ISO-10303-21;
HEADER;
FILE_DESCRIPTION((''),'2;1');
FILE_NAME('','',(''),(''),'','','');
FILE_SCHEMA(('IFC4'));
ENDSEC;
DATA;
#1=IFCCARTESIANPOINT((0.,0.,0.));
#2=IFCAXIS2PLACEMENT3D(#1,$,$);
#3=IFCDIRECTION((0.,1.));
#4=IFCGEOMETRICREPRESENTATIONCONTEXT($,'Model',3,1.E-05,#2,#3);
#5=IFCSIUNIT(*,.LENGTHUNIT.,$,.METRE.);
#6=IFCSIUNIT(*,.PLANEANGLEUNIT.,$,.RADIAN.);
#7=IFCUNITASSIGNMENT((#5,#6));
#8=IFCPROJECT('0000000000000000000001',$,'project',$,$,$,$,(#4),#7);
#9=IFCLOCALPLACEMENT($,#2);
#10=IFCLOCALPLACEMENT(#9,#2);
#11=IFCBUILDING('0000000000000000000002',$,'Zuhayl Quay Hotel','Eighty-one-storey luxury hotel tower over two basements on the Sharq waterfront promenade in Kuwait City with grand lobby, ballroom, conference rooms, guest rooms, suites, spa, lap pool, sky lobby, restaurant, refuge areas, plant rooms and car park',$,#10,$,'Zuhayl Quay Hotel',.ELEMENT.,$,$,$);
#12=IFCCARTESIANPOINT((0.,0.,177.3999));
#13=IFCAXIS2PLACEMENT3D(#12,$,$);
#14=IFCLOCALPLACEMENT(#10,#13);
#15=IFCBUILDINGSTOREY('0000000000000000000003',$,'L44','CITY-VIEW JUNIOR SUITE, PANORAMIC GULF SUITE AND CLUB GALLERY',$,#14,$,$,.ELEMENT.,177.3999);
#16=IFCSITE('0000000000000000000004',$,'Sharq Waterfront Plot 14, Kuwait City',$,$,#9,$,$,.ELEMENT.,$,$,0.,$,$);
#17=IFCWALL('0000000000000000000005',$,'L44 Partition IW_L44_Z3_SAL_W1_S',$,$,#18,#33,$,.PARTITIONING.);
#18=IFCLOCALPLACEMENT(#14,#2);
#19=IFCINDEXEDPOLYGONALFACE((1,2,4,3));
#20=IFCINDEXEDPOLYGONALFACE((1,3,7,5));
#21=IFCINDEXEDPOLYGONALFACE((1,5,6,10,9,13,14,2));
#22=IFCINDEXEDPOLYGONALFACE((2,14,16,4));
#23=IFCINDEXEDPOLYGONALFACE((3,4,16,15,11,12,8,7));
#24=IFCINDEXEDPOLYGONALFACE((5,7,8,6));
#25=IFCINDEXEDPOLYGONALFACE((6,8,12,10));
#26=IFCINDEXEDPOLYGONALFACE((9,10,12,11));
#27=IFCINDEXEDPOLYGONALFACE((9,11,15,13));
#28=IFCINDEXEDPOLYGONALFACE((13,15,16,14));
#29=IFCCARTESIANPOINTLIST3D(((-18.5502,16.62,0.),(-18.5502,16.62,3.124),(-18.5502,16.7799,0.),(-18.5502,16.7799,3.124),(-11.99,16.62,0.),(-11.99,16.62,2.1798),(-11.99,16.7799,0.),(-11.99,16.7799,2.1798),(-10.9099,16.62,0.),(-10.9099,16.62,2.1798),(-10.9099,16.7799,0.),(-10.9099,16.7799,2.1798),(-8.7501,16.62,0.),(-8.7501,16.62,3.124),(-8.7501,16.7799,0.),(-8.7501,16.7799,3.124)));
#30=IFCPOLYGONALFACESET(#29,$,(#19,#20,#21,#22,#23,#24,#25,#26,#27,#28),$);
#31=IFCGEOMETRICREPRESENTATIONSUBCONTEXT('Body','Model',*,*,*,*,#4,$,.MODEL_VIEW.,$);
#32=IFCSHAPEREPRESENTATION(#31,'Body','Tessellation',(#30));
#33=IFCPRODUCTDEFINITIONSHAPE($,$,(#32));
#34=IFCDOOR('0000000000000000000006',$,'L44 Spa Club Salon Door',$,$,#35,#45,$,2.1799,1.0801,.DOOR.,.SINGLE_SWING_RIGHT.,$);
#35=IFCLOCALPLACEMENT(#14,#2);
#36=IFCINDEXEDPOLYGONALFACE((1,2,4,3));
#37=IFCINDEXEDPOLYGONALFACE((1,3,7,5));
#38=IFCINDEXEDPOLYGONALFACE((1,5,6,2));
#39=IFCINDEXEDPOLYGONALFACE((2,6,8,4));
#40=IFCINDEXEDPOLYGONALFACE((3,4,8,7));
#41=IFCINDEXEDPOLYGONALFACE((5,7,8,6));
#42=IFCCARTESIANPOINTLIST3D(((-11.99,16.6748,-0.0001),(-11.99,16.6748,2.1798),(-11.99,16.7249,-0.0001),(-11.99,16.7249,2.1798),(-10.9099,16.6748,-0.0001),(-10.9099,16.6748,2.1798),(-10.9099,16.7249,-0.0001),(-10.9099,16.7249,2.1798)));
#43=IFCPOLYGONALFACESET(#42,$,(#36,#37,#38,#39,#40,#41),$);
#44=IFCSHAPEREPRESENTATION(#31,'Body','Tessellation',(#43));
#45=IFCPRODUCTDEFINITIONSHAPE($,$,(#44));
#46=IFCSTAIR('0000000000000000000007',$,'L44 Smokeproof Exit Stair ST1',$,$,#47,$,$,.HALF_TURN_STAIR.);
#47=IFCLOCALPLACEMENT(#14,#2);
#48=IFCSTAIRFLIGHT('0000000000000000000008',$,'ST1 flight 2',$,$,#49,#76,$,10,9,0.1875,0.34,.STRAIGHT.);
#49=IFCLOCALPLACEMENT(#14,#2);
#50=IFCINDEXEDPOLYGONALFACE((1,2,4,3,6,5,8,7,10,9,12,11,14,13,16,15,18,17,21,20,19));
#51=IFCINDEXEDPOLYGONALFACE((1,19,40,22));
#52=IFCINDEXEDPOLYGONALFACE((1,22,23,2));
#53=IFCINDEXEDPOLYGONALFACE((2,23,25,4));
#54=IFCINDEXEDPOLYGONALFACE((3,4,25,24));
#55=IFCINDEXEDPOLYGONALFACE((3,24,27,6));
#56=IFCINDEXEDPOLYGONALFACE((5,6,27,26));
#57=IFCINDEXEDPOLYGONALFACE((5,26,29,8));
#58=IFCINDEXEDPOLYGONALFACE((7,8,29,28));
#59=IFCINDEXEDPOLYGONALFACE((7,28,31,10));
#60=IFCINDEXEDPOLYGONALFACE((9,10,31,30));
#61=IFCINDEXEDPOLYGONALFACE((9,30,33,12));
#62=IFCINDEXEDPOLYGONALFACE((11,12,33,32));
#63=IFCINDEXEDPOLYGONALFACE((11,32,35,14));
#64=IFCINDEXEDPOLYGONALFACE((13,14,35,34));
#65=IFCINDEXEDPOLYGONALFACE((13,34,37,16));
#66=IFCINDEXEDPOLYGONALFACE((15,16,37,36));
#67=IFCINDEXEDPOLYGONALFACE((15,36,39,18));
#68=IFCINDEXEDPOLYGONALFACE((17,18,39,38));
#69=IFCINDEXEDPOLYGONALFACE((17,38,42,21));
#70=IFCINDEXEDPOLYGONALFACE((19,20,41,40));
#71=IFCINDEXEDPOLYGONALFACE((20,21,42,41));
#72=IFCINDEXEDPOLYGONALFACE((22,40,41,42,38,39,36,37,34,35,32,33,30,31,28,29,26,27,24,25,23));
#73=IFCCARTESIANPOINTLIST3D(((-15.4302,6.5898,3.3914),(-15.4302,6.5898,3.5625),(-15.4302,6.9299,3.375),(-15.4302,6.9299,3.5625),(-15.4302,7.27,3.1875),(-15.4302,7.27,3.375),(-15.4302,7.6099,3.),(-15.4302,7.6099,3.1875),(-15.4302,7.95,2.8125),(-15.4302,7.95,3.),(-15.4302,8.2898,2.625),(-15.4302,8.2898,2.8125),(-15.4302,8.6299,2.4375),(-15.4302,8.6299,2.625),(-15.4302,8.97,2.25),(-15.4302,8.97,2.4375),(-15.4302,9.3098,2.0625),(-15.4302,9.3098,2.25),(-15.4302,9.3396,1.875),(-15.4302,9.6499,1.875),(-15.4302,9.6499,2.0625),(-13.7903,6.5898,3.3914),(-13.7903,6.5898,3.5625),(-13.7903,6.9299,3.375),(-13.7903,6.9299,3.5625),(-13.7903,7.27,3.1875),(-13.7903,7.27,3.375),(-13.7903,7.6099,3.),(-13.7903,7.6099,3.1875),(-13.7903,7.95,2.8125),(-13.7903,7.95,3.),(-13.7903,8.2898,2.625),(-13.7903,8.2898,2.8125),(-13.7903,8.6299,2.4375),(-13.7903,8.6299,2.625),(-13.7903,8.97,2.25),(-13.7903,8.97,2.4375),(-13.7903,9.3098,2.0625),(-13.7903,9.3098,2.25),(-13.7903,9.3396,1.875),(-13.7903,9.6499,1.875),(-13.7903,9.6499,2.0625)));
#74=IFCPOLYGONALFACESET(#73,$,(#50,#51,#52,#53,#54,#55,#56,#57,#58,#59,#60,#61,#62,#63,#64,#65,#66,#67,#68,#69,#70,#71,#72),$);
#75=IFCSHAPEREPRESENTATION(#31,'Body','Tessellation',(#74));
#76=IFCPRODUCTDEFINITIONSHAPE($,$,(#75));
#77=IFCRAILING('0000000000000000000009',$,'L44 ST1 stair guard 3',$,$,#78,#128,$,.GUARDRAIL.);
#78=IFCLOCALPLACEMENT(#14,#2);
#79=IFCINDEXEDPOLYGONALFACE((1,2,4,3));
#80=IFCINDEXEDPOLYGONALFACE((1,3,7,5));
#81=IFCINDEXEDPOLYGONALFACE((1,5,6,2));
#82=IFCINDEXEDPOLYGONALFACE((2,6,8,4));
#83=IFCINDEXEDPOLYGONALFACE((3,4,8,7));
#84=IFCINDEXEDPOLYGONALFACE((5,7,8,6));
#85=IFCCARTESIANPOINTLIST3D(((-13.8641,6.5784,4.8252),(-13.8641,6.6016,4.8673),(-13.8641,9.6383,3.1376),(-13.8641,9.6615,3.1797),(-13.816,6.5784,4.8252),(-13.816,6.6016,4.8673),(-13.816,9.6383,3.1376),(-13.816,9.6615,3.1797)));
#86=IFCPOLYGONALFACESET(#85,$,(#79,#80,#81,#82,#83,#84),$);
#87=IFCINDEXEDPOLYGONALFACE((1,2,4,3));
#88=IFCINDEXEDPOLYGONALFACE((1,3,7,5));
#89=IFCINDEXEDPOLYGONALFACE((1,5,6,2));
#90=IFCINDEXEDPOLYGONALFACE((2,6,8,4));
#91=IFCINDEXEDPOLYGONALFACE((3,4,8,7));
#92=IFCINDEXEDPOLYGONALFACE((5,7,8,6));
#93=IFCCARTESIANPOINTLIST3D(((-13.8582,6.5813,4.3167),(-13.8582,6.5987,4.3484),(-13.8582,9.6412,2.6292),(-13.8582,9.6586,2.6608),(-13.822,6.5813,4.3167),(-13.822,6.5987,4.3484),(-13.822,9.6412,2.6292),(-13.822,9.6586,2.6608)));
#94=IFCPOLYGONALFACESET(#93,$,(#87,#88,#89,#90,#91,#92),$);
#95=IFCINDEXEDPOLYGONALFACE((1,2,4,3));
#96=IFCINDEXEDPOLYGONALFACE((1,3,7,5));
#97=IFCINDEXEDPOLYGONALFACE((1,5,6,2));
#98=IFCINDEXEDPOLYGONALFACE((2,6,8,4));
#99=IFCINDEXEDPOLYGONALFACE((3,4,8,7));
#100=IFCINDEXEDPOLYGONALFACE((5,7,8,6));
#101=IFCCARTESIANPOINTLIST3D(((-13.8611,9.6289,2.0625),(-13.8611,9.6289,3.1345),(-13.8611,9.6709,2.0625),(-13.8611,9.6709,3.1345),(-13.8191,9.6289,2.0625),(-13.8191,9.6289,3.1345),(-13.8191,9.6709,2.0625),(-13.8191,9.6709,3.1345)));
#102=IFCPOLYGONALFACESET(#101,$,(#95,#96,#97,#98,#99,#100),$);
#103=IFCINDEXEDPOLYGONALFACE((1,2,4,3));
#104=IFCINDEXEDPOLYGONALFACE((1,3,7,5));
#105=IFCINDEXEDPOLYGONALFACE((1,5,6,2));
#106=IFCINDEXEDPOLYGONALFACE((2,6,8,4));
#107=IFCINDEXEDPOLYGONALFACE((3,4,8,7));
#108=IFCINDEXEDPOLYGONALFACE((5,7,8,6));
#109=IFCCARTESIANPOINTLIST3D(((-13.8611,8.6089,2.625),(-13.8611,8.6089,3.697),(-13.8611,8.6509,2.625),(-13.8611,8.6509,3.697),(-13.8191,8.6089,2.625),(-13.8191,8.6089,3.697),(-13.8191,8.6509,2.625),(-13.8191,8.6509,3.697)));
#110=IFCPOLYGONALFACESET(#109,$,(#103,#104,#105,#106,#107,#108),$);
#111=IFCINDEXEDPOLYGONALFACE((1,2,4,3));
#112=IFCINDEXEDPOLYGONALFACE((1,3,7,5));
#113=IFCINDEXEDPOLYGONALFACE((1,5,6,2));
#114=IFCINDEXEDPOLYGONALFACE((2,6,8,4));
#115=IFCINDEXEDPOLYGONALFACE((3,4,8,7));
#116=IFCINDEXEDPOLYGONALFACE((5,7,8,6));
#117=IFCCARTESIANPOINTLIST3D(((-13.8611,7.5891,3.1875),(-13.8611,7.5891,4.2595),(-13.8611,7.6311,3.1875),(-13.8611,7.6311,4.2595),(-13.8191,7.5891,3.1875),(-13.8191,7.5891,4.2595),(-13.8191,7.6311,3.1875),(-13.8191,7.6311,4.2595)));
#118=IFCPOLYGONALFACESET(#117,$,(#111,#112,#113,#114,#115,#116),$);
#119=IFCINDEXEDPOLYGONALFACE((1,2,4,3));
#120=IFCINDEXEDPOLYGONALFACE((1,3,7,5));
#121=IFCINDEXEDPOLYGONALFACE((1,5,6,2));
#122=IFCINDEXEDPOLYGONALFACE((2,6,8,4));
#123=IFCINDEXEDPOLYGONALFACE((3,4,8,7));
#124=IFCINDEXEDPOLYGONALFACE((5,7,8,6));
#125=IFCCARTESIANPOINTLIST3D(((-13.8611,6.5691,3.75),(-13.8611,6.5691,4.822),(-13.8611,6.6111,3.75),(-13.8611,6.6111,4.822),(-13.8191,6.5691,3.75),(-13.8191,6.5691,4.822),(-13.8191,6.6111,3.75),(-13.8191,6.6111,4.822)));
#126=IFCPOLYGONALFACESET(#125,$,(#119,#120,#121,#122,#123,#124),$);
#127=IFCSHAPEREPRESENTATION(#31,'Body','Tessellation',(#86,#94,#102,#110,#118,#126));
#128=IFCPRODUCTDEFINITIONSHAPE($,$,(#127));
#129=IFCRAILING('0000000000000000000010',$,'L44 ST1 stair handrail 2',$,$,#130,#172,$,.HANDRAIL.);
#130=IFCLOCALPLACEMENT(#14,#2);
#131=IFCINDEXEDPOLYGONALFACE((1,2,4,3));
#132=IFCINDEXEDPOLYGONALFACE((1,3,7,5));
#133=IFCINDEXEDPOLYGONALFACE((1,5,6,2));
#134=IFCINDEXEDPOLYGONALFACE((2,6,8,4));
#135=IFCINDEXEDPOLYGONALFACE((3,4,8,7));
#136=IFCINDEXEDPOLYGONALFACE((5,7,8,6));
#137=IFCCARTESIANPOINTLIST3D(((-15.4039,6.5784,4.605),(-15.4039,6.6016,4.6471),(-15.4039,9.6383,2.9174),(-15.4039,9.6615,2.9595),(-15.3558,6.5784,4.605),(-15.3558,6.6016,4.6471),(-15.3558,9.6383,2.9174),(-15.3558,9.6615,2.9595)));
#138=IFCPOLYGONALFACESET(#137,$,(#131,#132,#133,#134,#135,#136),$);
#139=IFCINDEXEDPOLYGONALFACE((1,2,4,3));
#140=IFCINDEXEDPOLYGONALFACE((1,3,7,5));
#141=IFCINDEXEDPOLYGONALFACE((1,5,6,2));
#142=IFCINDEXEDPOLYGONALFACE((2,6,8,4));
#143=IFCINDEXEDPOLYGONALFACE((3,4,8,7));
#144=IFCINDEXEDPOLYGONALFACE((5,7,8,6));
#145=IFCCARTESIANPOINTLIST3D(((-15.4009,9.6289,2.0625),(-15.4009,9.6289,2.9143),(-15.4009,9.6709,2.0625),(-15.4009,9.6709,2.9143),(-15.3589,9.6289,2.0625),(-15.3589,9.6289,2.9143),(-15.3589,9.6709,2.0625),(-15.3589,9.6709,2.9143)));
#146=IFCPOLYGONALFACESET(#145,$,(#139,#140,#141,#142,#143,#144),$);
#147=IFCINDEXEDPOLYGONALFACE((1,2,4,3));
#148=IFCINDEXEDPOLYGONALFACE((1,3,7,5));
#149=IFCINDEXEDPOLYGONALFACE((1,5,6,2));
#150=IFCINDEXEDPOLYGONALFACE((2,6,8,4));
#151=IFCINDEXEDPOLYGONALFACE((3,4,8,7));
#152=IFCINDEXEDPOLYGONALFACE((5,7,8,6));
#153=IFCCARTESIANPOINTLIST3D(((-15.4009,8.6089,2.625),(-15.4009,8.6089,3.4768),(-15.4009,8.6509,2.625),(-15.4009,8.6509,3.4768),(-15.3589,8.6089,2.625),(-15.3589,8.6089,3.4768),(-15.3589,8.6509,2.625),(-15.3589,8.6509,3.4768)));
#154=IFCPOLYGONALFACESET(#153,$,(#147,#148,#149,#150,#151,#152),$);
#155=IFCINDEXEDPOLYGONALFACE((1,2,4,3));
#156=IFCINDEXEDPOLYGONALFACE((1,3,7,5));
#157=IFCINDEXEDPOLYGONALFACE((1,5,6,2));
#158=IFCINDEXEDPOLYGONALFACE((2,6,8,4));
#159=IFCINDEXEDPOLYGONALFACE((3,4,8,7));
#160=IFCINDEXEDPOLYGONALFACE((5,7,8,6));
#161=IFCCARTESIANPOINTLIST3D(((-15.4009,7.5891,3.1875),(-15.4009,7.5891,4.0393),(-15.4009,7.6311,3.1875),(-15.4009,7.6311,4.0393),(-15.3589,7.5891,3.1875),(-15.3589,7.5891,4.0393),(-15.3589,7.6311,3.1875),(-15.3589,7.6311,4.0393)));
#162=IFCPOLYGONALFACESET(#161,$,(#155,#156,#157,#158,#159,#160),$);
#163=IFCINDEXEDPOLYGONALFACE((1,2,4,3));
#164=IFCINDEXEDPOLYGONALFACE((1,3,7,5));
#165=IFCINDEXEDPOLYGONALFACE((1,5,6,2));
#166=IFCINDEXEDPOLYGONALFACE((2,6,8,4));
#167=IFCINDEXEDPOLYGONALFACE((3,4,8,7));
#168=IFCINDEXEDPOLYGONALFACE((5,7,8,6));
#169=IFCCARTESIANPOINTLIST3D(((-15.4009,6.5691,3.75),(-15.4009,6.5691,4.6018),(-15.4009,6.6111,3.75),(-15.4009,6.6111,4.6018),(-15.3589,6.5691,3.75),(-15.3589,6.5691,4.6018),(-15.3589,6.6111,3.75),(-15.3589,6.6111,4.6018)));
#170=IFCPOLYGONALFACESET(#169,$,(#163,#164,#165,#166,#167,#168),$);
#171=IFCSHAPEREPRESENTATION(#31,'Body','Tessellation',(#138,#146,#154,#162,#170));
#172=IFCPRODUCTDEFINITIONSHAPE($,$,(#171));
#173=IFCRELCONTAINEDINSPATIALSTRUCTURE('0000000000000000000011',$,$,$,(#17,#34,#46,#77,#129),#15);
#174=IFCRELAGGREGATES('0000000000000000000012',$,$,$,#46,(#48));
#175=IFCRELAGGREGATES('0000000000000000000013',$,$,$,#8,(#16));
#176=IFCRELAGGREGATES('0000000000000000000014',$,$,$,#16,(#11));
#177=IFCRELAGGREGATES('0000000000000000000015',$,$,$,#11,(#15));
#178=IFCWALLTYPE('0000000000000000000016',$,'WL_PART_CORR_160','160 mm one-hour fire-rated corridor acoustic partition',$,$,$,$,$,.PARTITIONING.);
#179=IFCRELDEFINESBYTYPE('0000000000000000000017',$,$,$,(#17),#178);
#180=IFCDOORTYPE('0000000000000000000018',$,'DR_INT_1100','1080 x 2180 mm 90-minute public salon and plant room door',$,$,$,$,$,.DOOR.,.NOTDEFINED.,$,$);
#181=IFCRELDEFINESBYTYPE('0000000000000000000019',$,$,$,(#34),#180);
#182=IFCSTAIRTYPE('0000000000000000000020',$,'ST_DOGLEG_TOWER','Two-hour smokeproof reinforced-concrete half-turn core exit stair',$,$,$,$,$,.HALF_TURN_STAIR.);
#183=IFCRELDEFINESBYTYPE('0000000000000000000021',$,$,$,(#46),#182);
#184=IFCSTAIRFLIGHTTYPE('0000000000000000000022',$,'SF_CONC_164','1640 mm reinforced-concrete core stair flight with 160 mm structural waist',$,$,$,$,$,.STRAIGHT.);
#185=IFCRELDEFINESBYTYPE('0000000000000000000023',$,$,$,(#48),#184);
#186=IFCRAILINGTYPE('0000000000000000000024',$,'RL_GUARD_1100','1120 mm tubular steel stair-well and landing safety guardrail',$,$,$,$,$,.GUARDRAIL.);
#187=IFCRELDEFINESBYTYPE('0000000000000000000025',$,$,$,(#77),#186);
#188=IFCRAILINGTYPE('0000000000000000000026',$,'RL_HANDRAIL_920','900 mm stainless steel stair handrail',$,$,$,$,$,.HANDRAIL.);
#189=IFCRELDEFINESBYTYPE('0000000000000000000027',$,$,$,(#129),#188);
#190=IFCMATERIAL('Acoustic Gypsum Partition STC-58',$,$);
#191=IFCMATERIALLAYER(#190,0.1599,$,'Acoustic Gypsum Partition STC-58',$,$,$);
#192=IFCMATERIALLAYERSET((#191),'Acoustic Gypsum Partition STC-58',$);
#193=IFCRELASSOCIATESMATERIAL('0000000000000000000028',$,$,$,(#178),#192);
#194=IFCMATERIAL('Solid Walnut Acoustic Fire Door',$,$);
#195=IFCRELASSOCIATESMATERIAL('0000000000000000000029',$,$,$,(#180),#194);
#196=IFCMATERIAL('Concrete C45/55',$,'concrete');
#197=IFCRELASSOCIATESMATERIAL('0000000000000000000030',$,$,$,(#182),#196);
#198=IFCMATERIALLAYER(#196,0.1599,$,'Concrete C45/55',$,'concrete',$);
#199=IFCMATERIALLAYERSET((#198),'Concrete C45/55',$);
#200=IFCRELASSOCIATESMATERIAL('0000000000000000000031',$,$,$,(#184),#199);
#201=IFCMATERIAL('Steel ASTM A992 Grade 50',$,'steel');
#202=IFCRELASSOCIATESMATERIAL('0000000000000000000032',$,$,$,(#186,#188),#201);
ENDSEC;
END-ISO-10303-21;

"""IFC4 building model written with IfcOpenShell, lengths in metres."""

from ifc_helpers import new_model, si_unit, direction, frame, frame_2d, origin, origin_2d, place, context, subcontext, project, spatial, polyline, rectangle, outline, extrude, material, layer, layer_set, type_object, element, fill, aggregate, save


model = new_model("IFC4")

# Units and contexts
model_context = context("Model", 3, precision=1e-05, world=origin(), true_north=direction((0.0, 1.0)))
body_context = subcontext(model_context, "Body", "Model", "MODEL_VIEW")
ifc_project = project(units=[si_unit("LENGTHUNIT", "METRE"), si_unit("PLANEANGLEUNIT", "RADIAN")], contexts=[model_context])

# Site, building, storey
site_placement = place(None, origin())
site = spatial("IfcSite", under=ifc_project, at=site_placement, Name="Sharq Waterfront Plot 14, Kuwait City", CompositionType="ELEMENT", RefElevation=0.0)
building_placement = place(site_placement, origin())
building = spatial("IfcBuilding", under=site, at=building_placement, Name="Zuhayl Quay Hotel", Description="Eighty-one-storey luxury hotel tower over two basements on the Sharq waterfront promenade in Kuwait City with grand lobby, ballroom, conference rooms, guest rooms, suites, spa, lap pool, sky lobby, restaurant, refuge areas, plant rooms and car park", LongName="Zuhayl Quay Hotel", CompositionType="ELEMENT")
storey_placement = place(building_placement, frame((0.0, 0.0, 177.3999)))
storey = spatial("IfcBuildingStorey", under=building, at=storey_placement, Name="L44", Description="CITY-VIEW JUNIOR SUITE, PANORAMIC GULF SUITE AND CLUB GALLERY", CompositionType="ELEMENT", Elevation=177.3999)

# Shared definitions
ifc_material_1 = material(Name="Steel ASTM A992 Grade 50", Category="steel")

# Shared definitions
ifc_material_2 = material(Name="Acoustic Gypsum Partition STC-58")

# Wall, opening, door
ifc_layer_1 = layer(ifc_material_2, 0.1599, Name="Acoustic Gypsum Partition STC-58")
ifc_layer_set_1 = layer_set([ifc_layer_1], Name="Acoustic Gypsum Partition STC-58")
wall_type_1 = type_object("IfcWallType", Name="WL_PART_CORR_160", Description="160 mm one-hour fire-rated corridor acoustic partition", PredefinedType="PARTITIONING", material=ifc_layer_set_1)
wall_1_placement = place(storey_placement, frame((-18.55, 16.7, 0.0), z_axis=(0.0, 0.0, 1.0), x_axis=(1.0, 0.0, 0.0)))
wall_1 = element("IfcWall", 1, at=wall_1_placement, inside=storey, type_object=wall_type_1, Name="L44 Partition IW_L44_Z3_SAL_W1_S", PredefinedType="PARTITIONING", context=body_context, shape_type="SweptSolid", body=[
    extrude(rectangle(XDim=9.8, YDim=0.1599, at=frame_2d((4.8999, 0.0))), origin(), (0.0, 0.0, 1.0), 3.124),
])
opening_1_placement = place(wall_1_placement, frame((6.5601, 0.0, 0.0)))
opening_1 = element("IfcOpeningElement", 2, at=opening_1_placement, cuts=wall_1, PredefinedType="OPENING", context=body_context, shape_type="SweptSolid", body=[
    extrude(rectangle(XDim=1.0801, YDim=2.1799, at=frame_2d((0.54, 1.0898))), frame((0.0, 0.0898, 0.0), z_axis=(0.0, -1.0, 0.0), x_axis=(1.0, 0.0, 0.0)), (0.0, 0.0, 1.0), 0.1799),
])
ifc_material_3 = material(Name="Solid Walnut Acoustic Fire Door")
door_type = type_object("IfcDoorType", Name="DR_INT_1100", Description="1080 x 2180 mm 90-minute public salon and plant room door", OperationType="NOTDEFINED", PredefinedType="DOOR", material=ifc_material_3)
door_placement = place(opening_1_placement, origin())
door = element("IfcDoor", 3, at=door_placement, inside=storey, type_object=door_type, Name="L44 Spa Club Salon Door", OperationType="SINGLE_SWING_RIGHT", OverallHeight=2.1799, OverallWidth=1.0801, PredefinedType="DOOR", context=body_context, shape_type="SweptSolid", body=[
    extrude(rectangle(XDim=1.0801, YDim=2.1799, at=frame_2d((0.54, 1.0898))), frame((0.0, 0.0249, 0.0), z_axis=(0.0, -1.0, 0.0), x_axis=(1.0, 0.0, 0.0)), (0.0, 0.0, 1.0), 0.05),
])
fill(opening_1, door)

# Stair, stair flight
ifc_material_4 = material(Name="Concrete C45/55", Category="concrete")
stair_type = type_object("IfcStairType", Name="ST_DOGLEG_TOWER", Description="Two-hour smokeproof reinforced-concrete half-turn core exit stair", PredefinedType="HALF_TURN_STAIR", material=ifc_material_4)
stair_placement = place(storey_placement, origin())
stair = element("IfcStair", 4, at=stair_placement, inside=storey, type_object=stair_type, Name="L44 Smokeproof Exit Stair ST1", PredefinedType="HALF_TURN_STAIR")
ifc_layer_2 = layer(ifc_material_4, 0.1599, Name="Concrete C45/55", Category="concrete")
ifc_layer_set_2 = layer_set([ifc_layer_2], Name="Concrete C45/55")
stair_flight_type = type_object("IfcStairFlightType", Name="SF_CONC_164", Description="1640 mm reinforced-concrete core stair flight with 160 mm structural waist", PredefinedType="STRAIGHT", material=ifc_layer_set_2)
stair_flight_placement = place(storey_placement, frame((-14.6101, 9.6499, 1.875), z_axis=(0.0, 0.0, 1.0), x_axis=(0.0, -1.0, 0.0)))
stair_flight = element("IfcStairFlight", 5, at=stair_flight_placement, type_object=stair_flight_type, Name="ST1 flight 2", NumberOfRisers=10, NumberOfTreads=9, PredefinedType="STRAIGHT", RiserHeight=0.1875, TreadLength=0.34, context=body_context, shape_type="SweptSolid", body=[
    extrude(outline(polyline([(0.0, 0.0), (0.0, 0.1875), (0.3401, 0.1875), (0.3401, 0.375), (0.6799, 0.375), (0.6799, 0.5625), (1.02, 0.5625), (1.02, 0.75), (1.3601, 0.75), (1.3601, 0.9375), (1.7, 0.9375), (1.7, 1.125), (2.04, 1.125), (2.04, 1.3125), (2.3799, 1.3125), (2.3799, 1.5), (2.72, 1.5), (2.72, 1.6875), (3.0601, 1.6875), (3.0601, 1.875), (3.0601, 1.5164), (0.3103, 0.0), (0.0, 0.0)])), frame((0.0, 0.8198, 0.0), z_axis=(0.0, -1.0, 0.0), x_axis=(1.0, 0.0, 0.0)), (0.0, 0.0, 1.0), 1.6399),
])
aggregate(stair, [stair_flight])

# Railings
railing_type_1 = type_object("IfcRailingType", Name="RL_GUARD_1100", Description="1120 mm tubular steel stair-well and landing safety guardrail", PredefinedType="GUARDRAIL", material=ifc_material_1)
railing_1_placement = place(storey_placement, frame((-13.8401, 9.6499, 2.0625)))
element("IfcRailing", 6, at=railing_1_placement, inside=storey, type_object=railing_type_1, Name="L44 ST1 stair guard 3", PredefinedType="GUARDRAIL", context=body_context, shape_type="SweptSolid", body=[
    extrude(rectangle(XDim=0.0481, YDim=0.0481, at=origin_2d()), frame((0.0, 0.0, 1.0962), z_axis=(0.0, -0.875659, 0.48293), x_axis=(1.0, 0.0, 0.0)), (0.0, 0.0, 1.0), 3.4944),
    extrude(rectangle(XDim=0.0361, YDim=0.0361, at=origin_2d()), frame((0.0, 0.0, 0.5825), z_axis=(0.0, -0.875659, 0.48293), x_axis=(1.0, 0.0, 0.0)), (0.0, 0.0, 1.0), 3.4944),
    extrude(rectangle(XDim=0.042, YDim=0.042, at=origin_2d()), origin(), (0.0, 0.0, 1.0), 1.072),
    extrude(rectangle(XDim=0.042, YDim=0.042, at=origin_2d()), frame((0.0, -1.02, 0.5625)), (0.0, 0.0, 1.0), 1.072),
    extrude(rectangle(XDim=0.042, YDim=0.042, at=origin_2d()), frame((0.0, -2.0398, 1.125)), (0.0, 0.0, 1.0), 1.072),
    extrude(rectangle(XDim=0.042, YDim=0.042, at=origin_2d()), frame((0.0, -3.0598, 1.6875)), (0.0, 0.0, 1.0), 1.072),
])
railing_type_2 = type_object("IfcRailingType", Name="RL_HANDRAIL_920", Description="900 mm stainless steel stair handrail", PredefinedType="HANDRAIL", material=ifc_material_1)
railing_2_placement = place(storey_placement, frame((-15.3799, 9.6499, 2.0625)))
element("IfcRailing", 7, at=railing_2_placement, inside=storey, type_object=railing_type_2, Name="L44 ST1 stair handrail 2", PredefinedType="HANDRAIL", context=body_context, shape_type="SweptSolid", body=[
    extrude(rectangle(XDim=0.0481, YDim=0.0481, at=origin_2d()), frame((0.0, 0.0, 0.876), z_axis=(0.0, -0.875659, 0.48293), x_axis=(1.0, 0.0, 0.0)), (0.0, 0.0, 1.0), 3.4944),
    extrude(rectangle(XDim=0.042, YDim=0.042, at=origin_2d()), origin(), (0.0, 0.0, 1.0), 0.8518),
    extrude(rectangle(XDim=0.042, YDim=0.042, at=origin_2d()), frame((0.0, -1.02, 0.5625)), (0.0, 0.0, 1.0), 0.8518),
    extrude(rectangle(XDim=0.042, YDim=0.042, at=origin_2d()), frame((0.0, -2.0398, 1.125)), (0.0, 0.0, 1.0), 0.8518),
    extrude(rectangle(XDim=0.042, YDim=0.042, at=origin_2d()), frame((0.0, -3.0598, 1.6875)), (0.0, 0.0, 1.0), 0.8518),
])

save(model, "model.ifc")
